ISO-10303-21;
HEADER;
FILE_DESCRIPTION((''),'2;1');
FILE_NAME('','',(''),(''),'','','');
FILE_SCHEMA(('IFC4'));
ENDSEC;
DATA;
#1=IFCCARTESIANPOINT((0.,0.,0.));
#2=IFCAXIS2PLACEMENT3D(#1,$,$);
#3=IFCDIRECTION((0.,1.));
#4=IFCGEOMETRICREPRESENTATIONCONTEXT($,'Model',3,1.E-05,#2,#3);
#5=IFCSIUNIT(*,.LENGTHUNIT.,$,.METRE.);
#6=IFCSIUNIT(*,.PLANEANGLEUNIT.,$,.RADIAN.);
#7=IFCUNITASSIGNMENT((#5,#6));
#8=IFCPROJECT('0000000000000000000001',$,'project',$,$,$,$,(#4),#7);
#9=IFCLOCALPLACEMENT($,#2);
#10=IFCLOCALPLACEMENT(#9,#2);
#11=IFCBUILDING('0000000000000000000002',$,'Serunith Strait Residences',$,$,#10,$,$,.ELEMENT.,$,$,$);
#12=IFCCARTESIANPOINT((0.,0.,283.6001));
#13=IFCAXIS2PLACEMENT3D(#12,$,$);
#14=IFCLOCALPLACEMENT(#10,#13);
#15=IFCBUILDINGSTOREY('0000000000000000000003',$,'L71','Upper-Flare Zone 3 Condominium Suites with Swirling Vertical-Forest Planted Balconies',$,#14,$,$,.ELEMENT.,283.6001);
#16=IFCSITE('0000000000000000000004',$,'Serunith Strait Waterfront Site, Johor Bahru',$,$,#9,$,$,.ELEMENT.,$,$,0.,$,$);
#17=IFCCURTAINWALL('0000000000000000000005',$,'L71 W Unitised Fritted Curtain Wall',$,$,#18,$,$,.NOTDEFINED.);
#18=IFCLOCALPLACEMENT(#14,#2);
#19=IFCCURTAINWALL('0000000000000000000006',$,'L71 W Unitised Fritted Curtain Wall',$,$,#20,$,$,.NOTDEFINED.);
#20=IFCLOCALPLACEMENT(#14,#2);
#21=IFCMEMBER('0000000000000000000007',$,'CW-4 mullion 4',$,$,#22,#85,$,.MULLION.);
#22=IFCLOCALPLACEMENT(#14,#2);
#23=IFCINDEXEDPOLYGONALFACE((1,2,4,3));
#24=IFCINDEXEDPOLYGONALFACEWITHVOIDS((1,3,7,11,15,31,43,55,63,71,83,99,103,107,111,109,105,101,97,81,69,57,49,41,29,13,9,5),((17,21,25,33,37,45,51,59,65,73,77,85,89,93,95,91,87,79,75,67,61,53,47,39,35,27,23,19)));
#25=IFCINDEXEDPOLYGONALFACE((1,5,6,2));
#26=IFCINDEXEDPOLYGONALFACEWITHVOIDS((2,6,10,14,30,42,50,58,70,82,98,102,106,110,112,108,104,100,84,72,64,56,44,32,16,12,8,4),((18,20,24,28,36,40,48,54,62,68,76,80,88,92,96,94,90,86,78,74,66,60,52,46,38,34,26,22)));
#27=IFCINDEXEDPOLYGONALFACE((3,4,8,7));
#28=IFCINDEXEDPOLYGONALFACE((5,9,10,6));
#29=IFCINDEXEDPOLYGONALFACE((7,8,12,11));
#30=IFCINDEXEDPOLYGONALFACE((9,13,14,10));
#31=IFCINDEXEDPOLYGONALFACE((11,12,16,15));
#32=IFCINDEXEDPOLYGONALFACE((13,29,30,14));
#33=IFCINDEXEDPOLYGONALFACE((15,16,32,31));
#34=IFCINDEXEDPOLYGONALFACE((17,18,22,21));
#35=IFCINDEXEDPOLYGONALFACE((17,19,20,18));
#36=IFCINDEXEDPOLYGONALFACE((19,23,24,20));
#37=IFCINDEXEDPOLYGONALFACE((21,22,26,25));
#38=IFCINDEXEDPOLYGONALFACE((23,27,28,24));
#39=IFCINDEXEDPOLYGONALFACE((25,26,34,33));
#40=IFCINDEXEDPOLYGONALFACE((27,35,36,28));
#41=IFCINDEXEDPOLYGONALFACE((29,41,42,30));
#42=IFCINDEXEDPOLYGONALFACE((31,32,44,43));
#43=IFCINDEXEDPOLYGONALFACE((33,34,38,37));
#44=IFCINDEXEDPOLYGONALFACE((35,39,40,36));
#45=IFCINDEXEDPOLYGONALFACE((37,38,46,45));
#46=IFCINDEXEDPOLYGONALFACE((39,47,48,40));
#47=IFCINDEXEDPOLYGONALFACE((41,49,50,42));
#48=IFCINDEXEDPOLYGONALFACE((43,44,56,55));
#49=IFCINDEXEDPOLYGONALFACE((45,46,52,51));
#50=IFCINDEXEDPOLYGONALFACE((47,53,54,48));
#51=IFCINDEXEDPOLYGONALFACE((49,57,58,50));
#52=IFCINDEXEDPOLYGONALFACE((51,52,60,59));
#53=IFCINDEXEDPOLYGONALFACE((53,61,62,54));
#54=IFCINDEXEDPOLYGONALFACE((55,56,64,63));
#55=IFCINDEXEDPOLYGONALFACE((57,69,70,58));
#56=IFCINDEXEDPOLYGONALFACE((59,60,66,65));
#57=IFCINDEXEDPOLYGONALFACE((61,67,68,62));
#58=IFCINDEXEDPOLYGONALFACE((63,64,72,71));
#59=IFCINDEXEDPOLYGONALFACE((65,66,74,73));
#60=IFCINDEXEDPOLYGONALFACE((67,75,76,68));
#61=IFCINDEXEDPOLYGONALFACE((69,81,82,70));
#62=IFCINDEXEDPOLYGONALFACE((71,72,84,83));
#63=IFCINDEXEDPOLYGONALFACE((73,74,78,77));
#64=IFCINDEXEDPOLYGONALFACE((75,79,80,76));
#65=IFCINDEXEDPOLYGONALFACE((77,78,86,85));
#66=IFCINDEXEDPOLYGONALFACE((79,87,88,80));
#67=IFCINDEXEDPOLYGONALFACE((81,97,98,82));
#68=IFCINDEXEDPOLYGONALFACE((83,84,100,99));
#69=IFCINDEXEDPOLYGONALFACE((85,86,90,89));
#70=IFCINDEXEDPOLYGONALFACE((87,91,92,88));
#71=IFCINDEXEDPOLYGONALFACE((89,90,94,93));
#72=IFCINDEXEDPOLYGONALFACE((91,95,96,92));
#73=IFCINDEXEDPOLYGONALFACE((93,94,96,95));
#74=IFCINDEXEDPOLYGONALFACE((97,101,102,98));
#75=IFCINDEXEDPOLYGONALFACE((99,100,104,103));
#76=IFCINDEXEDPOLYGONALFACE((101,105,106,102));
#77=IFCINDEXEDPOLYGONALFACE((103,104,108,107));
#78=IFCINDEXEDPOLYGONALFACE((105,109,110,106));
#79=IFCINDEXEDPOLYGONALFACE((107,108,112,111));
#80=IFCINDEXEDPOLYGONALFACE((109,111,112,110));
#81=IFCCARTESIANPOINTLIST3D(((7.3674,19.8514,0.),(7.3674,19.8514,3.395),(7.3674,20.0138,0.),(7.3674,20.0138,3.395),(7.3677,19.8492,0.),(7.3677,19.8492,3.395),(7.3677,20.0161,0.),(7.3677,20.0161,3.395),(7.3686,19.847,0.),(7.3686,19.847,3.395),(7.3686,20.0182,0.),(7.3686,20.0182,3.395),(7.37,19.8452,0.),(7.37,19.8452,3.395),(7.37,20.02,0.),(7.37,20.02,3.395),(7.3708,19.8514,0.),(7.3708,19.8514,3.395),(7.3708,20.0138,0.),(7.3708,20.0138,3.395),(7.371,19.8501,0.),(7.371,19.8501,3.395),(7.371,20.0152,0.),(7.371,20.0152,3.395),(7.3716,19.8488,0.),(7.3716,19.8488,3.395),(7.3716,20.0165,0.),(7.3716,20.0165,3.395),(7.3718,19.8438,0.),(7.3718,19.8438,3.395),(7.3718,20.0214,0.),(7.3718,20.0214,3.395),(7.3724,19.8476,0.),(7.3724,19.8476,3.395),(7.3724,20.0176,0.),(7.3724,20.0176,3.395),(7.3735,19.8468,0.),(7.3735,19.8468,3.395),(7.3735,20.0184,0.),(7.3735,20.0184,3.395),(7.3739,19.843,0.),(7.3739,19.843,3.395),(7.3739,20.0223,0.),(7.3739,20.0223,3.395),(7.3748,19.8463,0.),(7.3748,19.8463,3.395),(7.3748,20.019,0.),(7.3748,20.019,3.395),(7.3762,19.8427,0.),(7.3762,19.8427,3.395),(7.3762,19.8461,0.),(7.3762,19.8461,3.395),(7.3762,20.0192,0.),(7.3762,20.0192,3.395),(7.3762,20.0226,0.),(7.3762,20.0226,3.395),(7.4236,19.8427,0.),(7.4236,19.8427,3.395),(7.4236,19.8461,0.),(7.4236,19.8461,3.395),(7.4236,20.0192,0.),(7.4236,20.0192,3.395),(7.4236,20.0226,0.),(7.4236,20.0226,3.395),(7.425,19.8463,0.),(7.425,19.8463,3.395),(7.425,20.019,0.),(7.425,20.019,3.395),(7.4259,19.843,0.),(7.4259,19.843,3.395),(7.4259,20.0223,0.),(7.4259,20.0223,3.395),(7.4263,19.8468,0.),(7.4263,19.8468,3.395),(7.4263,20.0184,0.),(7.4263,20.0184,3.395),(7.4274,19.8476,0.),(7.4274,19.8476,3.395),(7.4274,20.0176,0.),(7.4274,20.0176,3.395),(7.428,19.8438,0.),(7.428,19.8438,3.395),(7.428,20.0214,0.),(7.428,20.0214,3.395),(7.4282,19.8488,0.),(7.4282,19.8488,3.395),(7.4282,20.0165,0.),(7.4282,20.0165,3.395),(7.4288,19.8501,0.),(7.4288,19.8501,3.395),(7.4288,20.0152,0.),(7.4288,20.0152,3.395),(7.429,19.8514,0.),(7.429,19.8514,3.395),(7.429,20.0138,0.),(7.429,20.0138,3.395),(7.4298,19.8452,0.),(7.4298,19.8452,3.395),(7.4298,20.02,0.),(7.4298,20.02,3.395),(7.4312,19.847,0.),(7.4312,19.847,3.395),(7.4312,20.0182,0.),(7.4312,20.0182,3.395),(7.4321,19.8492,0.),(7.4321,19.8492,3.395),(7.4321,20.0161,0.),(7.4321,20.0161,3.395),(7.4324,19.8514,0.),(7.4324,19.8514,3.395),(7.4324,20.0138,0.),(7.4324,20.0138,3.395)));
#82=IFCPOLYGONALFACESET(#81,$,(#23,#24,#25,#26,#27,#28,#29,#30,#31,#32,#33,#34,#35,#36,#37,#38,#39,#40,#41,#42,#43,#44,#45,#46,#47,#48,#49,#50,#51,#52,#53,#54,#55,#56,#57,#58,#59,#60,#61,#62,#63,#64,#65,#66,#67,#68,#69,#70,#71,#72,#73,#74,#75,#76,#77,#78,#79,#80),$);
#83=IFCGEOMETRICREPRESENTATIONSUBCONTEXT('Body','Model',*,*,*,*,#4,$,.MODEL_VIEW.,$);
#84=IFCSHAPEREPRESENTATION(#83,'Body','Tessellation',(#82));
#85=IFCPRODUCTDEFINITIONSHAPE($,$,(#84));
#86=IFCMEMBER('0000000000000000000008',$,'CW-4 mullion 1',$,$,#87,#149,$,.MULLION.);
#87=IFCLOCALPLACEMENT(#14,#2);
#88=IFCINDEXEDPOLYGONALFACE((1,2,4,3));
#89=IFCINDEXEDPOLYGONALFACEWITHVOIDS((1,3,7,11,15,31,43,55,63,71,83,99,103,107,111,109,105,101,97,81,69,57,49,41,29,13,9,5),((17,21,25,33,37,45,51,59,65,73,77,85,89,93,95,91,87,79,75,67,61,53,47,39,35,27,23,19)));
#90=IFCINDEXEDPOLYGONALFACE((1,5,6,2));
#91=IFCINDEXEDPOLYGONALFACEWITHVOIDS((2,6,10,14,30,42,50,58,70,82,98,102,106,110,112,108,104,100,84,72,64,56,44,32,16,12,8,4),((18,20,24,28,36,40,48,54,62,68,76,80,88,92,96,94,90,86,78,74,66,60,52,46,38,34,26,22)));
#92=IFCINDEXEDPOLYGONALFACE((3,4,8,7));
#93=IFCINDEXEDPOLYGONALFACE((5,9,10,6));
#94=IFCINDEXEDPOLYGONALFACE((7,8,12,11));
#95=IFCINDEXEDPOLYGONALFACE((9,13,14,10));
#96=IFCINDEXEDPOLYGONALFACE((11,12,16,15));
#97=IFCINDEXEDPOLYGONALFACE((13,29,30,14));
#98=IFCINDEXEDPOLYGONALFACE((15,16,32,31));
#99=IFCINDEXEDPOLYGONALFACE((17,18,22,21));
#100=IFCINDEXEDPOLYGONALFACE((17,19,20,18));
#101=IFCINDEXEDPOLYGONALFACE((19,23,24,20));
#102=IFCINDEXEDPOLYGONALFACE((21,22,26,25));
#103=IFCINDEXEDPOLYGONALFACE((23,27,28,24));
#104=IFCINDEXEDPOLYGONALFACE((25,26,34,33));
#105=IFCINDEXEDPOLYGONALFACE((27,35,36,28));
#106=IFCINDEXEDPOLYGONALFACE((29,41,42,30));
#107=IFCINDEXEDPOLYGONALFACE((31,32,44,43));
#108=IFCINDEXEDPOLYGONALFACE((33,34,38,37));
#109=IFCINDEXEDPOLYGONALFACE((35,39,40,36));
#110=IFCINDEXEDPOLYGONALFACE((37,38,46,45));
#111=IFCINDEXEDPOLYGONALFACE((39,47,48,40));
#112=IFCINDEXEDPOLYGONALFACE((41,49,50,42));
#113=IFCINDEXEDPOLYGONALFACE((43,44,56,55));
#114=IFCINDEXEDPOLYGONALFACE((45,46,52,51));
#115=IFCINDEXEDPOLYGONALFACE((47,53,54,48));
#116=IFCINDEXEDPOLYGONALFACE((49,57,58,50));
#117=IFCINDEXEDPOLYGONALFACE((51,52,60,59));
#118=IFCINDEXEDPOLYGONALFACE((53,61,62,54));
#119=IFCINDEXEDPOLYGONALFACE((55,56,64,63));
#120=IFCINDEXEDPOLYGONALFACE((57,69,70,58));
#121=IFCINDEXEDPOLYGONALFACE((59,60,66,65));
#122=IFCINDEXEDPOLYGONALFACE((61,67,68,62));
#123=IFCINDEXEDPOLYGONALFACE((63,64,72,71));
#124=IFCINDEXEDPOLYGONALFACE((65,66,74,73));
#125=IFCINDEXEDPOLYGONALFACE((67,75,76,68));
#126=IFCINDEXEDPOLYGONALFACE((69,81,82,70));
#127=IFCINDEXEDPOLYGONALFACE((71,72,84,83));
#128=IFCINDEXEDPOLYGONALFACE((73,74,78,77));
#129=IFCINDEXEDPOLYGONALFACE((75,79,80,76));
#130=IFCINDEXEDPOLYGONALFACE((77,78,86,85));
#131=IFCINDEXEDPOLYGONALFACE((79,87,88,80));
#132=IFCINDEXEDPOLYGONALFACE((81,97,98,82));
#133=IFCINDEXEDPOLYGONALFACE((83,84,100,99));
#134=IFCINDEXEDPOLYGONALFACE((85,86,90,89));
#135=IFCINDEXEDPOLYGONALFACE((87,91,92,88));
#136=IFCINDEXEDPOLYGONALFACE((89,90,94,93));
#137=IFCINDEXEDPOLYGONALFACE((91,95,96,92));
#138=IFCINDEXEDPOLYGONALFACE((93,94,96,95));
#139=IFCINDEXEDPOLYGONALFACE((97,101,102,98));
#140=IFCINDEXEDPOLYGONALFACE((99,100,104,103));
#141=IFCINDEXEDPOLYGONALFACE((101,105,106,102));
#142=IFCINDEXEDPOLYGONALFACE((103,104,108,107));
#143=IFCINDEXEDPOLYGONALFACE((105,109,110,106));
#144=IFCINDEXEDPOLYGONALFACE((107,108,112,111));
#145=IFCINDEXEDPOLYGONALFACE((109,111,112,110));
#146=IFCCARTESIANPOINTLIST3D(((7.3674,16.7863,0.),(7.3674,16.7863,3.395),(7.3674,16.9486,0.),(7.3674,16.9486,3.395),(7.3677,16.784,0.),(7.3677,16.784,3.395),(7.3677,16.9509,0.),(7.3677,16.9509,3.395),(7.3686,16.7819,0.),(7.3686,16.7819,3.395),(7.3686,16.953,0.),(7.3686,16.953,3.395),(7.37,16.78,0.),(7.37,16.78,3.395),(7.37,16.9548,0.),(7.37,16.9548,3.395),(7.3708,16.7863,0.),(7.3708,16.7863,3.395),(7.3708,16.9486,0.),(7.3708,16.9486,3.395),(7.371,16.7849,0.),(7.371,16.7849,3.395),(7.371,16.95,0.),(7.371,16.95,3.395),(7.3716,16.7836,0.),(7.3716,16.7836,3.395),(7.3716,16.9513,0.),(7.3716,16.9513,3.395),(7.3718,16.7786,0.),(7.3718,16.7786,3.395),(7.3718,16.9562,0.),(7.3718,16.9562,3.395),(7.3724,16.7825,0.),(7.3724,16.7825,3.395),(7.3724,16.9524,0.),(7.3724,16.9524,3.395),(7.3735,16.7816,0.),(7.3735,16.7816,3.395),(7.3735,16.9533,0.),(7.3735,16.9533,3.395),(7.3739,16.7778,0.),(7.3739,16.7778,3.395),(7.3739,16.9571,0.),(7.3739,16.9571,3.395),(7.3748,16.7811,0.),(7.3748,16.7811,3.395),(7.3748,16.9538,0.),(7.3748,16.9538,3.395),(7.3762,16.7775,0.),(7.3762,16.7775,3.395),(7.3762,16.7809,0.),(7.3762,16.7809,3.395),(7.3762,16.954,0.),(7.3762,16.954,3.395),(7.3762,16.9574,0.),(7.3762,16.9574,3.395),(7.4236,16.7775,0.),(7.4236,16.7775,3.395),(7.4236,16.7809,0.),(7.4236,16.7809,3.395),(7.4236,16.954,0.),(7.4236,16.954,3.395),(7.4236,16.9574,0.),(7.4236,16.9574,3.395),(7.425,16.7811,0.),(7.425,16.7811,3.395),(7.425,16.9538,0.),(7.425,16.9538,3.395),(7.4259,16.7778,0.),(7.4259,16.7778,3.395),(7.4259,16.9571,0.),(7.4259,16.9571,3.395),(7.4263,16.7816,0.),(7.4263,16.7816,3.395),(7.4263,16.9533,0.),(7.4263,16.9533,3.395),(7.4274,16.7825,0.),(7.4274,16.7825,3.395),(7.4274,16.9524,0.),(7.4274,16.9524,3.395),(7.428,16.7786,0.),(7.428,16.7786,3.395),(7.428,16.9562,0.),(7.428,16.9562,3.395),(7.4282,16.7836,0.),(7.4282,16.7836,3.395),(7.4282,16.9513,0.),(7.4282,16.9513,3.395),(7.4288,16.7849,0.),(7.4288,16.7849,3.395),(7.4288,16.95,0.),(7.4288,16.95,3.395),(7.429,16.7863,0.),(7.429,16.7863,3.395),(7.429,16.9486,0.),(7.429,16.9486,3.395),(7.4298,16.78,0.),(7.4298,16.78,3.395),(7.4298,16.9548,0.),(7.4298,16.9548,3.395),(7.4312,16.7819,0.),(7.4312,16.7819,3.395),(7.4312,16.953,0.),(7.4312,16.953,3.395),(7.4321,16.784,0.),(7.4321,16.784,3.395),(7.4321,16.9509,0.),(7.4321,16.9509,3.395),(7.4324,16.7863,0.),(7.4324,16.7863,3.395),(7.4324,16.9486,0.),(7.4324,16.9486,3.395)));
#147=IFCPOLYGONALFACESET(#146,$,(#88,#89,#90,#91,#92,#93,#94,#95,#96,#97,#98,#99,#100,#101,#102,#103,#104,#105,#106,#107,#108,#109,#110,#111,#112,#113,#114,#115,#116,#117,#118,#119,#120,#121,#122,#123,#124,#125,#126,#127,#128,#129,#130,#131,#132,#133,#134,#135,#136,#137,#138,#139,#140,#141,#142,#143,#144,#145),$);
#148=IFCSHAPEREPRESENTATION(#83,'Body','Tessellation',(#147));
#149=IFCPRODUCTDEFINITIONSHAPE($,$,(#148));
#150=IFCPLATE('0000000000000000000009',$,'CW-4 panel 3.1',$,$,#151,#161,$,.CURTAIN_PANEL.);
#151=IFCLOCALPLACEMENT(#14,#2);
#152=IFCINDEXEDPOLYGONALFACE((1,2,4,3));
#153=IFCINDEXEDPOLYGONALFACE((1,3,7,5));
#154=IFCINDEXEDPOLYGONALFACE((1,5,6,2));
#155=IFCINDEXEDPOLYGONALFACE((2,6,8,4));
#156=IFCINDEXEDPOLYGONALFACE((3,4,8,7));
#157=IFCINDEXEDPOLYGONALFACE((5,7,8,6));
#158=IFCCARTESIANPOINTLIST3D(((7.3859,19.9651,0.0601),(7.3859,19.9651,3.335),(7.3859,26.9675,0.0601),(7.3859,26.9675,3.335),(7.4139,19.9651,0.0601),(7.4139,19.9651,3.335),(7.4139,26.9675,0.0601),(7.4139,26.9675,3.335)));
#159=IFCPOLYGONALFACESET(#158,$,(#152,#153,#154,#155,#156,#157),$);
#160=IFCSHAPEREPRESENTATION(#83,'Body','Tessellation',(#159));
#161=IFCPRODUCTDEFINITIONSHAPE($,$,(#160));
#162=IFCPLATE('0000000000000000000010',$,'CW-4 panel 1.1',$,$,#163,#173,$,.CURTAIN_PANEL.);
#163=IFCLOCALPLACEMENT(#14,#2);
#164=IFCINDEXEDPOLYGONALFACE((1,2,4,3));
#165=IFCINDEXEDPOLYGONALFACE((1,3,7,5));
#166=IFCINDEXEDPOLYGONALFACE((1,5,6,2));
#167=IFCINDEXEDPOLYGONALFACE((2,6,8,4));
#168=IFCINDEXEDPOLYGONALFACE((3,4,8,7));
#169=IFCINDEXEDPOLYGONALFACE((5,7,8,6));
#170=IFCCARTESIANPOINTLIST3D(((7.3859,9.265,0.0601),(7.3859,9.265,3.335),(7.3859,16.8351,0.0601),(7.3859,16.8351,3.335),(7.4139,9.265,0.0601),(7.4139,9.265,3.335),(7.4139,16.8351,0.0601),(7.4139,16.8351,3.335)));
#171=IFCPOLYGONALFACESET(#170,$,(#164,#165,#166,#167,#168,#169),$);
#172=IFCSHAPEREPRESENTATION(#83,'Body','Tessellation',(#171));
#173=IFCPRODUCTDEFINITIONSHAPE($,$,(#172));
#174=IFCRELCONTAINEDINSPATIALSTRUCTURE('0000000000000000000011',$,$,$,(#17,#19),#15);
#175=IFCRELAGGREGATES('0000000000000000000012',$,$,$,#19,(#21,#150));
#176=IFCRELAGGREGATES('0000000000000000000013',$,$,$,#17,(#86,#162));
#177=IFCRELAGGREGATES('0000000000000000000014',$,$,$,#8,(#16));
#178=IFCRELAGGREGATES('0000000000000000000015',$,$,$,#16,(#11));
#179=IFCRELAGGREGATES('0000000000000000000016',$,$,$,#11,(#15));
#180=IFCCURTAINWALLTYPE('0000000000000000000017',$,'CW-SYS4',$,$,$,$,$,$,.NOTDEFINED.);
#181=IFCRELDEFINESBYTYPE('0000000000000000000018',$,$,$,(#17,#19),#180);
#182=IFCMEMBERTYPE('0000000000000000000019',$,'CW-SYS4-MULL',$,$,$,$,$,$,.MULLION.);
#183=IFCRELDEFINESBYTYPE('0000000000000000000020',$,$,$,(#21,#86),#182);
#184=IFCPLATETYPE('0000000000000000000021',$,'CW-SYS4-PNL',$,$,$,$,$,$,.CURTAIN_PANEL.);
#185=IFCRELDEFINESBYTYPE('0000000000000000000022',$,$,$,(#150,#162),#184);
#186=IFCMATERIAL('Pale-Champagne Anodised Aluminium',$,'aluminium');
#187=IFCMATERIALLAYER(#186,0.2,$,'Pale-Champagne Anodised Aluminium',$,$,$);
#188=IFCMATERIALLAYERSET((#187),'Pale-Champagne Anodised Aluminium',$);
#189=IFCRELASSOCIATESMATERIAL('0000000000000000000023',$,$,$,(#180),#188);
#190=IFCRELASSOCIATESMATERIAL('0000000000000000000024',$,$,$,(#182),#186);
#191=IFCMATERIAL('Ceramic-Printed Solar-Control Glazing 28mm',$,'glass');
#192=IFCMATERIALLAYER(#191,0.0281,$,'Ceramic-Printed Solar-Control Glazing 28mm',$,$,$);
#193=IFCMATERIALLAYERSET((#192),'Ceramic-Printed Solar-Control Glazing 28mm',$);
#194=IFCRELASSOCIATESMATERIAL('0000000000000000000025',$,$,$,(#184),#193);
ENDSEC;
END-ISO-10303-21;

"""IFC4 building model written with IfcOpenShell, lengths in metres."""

from ifc_helpers import new_model, si_unit, direction, frame, origin, origin_2d, place, context, subcontext, project, spatial, rectangle, hollow_rectangle, extrude, source, transform, mapped, material, layer, layer_set, material_profile, profile_set, type_object, element, aggregate, save


model = new_model("IFC4")

# Units and contexts
model_context = context("Model", 3, precision=1e-05, world=origin(), true_north=direction((0.0, 1.0)))
body_context = subcontext(model_context, "Body", "Model", "MODEL_VIEW")
ifc_project = project(units=[si_unit("LENGTHUNIT", "METRE"), si_unit("PLANEANGLEUNIT", "RADIAN")], contexts=[model_context])

# Site, building, storey
site_placement = place(None, origin())
site = spatial("IfcSite", under=ifc_project, at=site_placement, Name="Serunith Strait Waterfront Site, Johor Bahru", CompositionType="ELEMENT", RefElevation=0.0)
building_placement = place(site_placement, origin())
building = spatial("IfcBuilding", under=site, at=building_placement, Name="Serunith Strait Residences", CompositionType="ELEMENT")
storey_placement = place(building_placement, frame((0.0, 0.0, 283.6001)))
storey = spatial("IfcBuildingStorey", under=building, at=storey_placement, Name="L71", Description="Upper-Flare Zone 3 Condominium Suites with Swirling Vertical-Forest Planted Balconies", CompositionType="ELEMENT", Elevation=283.6001)

# Curtain wall
ifc_material_1 = material(Name="Pale-Champagne Anodised Aluminium", Category="aluminium")
ifc_layer_1 = layer(ifc_material_1, 0.2, Name="Pale-Champagne Anodised Aluminium")
ifc_layer_set_1 = layer_set([ifc_layer_1], Name="Pale-Champagne Anodised Aluminium")
curtain_wall_type = type_object("IfcCurtainWallType", Name="CW-SYS4", PredefinedType="NOTDEFINED", material=ifc_layer_set_1)
curtain_wall_1_placement = place(storey_placement, origin())
curtain_wall_1 = element("IfcCurtainWall", 1, at=curtain_wall_1_placement, inside=storey, type_object=curtain_wall_type, Name="L71 W Unitised Fritted Curtain Wall", PredefinedType="NOTDEFINED")

# Curtain wall, member
curtain_wall_2_placement = place(storey_placement, origin())
curtain_wall_2 = element("IfcCurtainWall", 2, at=curtain_wall_2_placement, inside=storey, type_object=curtain_wall_type, Name="L71 W Unitised Fritted Curtain Wall", PredefinedType="NOTDEFINED")
ifc_material_profile_1 = material_profile(ifc_material_1, hollow_rectangle(XDim=0.0649, YDim=0.1799, WallThickness=0.0034, InnerFilletRadius=0.0054, OuterFilletRadius=0.0088, at=origin_2d()), Name="ALU 180x65x3.5")
ifc_profile_set_1 = profile_set([ifc_material_profile_1], Name="Pale-Champagne Anodised Aluminium")
member_type_1 = type_object("IfcMemberType", Name="CW-SYS4-MULL", PredefinedType="MULLION", material=ifc_profile_set_1)
shared_shape_1 = source(origin(), body_context, "Body", "SweptSolid", [
    extrude(hollow_rectangle(XDim=0.0649, YDim=0.1799, WallThickness=0.0034, InnerFilletRadius=0.0054, OuterFilletRadius=0.0088, at=origin_2d()), origin(), (0.0, 0.0, 1.0), 3.395),
])
member_1_placement = place(storey_placement, frame((7.3999, 19.9326, 0.0), z_axis=(0.0, 0.0, 1.0), x_axis=(1.0, 0.0, 0.0)))
member_1 = element("IfcMember", 3, at=member_1_placement, type_object=member_type_1, Name="CW-4 mullion 4", PredefinedType="MULLION", context=body_context, shape_type="MappedRepresentation", body=[
    mapped(shared_shape_1, transform((0.0, 0.0, 0.0), scale=1.0)),
])

# Member
member_2_placement = place(storey_placement, frame((7.3999, 16.8674, 0.0), z_axis=(0.0, 0.0, 1.0), x_axis=(1.0, 0.0, 0.0)))
member_2 = element("IfcMember", 4, at=member_2_placement, type_object=member_type_1, Name="CW-4 mullion 1", PredefinedType="MULLION", context=body_context, shape_type="MappedRepresentation", body=[
    mapped(shared_shape_1, transform((0.0, 0.0, 0.0), scale=1.0)),
])

# Plates
ifc_material_2 = material(Name="Ceramic-Printed Solar-Control Glazing 28mm", Category="glass")
ifc_layer_2 = layer(ifc_material_2, 0.0281, Name="Ceramic-Printed Solar-Control Glazing 28mm")
ifc_layer_set_2 = layer_set([ifc_layer_2], Name="Ceramic-Printed Solar-Control Glazing 28mm")
plate_type = type_object("IfcPlateType", Name="CW-SYS4-PNL", PredefinedType="CURTAIN_PANEL", material=ifc_layer_set_2)
shared_shape_2 = source(origin(), body_context, "Body", "SweptSolid", [
    extrude(rectangle(XDim=7.0024, YDim=0.0281, at=origin_2d()), origin(), (0.0, 0.0, 1.0), 3.2749),
])
plate_1_placement = place(storey_placement, frame((7.3999, 23.4663, 0.0601), z_axis=(0.0, 0.0, 1.0), x_axis=(0.0, -1.0, 0.0)))
plate_1 = element("IfcPlate", 5, at=plate_1_placement, type_object=plate_type, Name="CW-4 panel 3.1", PredefinedType="CURTAIN_PANEL", context=body_context, shape_type="MappedRepresentation", body=[
    mapped(shared_shape_2, transform((0.0, 0.0, 0.0), scale=1.0)),
])
aggregate(curtain_wall_2, [member_1, plate_1])
shared_shape_3 = source(origin(), body_context, "Body", "SweptSolid", [
    extrude(rectangle(XDim=7.5701, YDim=0.0281, at=origin_2d()), origin(), (0.0, 0.0, 1.0), 3.2749),
])
plate_2_placement = place(storey_placement, frame((7.3999, 13.05, 0.0601), z_axis=(0.0, 0.0, 1.0), x_axis=(0.0, -1.0, 0.0)))
plate_2 = element("IfcPlate", 6, at=plate_2_placement, type_object=plate_type, Name="CW-4 panel 1.1", PredefinedType="CURTAIN_PANEL", context=body_context, shape_type="MappedRepresentation", body=[
    mapped(shared_shape_3, transform((0.0, 0.0, 0.0), scale=1.0)),
])
aggregate(curtain_wall_1, [member_2, plate_2])

save(model, "model.ifc")
